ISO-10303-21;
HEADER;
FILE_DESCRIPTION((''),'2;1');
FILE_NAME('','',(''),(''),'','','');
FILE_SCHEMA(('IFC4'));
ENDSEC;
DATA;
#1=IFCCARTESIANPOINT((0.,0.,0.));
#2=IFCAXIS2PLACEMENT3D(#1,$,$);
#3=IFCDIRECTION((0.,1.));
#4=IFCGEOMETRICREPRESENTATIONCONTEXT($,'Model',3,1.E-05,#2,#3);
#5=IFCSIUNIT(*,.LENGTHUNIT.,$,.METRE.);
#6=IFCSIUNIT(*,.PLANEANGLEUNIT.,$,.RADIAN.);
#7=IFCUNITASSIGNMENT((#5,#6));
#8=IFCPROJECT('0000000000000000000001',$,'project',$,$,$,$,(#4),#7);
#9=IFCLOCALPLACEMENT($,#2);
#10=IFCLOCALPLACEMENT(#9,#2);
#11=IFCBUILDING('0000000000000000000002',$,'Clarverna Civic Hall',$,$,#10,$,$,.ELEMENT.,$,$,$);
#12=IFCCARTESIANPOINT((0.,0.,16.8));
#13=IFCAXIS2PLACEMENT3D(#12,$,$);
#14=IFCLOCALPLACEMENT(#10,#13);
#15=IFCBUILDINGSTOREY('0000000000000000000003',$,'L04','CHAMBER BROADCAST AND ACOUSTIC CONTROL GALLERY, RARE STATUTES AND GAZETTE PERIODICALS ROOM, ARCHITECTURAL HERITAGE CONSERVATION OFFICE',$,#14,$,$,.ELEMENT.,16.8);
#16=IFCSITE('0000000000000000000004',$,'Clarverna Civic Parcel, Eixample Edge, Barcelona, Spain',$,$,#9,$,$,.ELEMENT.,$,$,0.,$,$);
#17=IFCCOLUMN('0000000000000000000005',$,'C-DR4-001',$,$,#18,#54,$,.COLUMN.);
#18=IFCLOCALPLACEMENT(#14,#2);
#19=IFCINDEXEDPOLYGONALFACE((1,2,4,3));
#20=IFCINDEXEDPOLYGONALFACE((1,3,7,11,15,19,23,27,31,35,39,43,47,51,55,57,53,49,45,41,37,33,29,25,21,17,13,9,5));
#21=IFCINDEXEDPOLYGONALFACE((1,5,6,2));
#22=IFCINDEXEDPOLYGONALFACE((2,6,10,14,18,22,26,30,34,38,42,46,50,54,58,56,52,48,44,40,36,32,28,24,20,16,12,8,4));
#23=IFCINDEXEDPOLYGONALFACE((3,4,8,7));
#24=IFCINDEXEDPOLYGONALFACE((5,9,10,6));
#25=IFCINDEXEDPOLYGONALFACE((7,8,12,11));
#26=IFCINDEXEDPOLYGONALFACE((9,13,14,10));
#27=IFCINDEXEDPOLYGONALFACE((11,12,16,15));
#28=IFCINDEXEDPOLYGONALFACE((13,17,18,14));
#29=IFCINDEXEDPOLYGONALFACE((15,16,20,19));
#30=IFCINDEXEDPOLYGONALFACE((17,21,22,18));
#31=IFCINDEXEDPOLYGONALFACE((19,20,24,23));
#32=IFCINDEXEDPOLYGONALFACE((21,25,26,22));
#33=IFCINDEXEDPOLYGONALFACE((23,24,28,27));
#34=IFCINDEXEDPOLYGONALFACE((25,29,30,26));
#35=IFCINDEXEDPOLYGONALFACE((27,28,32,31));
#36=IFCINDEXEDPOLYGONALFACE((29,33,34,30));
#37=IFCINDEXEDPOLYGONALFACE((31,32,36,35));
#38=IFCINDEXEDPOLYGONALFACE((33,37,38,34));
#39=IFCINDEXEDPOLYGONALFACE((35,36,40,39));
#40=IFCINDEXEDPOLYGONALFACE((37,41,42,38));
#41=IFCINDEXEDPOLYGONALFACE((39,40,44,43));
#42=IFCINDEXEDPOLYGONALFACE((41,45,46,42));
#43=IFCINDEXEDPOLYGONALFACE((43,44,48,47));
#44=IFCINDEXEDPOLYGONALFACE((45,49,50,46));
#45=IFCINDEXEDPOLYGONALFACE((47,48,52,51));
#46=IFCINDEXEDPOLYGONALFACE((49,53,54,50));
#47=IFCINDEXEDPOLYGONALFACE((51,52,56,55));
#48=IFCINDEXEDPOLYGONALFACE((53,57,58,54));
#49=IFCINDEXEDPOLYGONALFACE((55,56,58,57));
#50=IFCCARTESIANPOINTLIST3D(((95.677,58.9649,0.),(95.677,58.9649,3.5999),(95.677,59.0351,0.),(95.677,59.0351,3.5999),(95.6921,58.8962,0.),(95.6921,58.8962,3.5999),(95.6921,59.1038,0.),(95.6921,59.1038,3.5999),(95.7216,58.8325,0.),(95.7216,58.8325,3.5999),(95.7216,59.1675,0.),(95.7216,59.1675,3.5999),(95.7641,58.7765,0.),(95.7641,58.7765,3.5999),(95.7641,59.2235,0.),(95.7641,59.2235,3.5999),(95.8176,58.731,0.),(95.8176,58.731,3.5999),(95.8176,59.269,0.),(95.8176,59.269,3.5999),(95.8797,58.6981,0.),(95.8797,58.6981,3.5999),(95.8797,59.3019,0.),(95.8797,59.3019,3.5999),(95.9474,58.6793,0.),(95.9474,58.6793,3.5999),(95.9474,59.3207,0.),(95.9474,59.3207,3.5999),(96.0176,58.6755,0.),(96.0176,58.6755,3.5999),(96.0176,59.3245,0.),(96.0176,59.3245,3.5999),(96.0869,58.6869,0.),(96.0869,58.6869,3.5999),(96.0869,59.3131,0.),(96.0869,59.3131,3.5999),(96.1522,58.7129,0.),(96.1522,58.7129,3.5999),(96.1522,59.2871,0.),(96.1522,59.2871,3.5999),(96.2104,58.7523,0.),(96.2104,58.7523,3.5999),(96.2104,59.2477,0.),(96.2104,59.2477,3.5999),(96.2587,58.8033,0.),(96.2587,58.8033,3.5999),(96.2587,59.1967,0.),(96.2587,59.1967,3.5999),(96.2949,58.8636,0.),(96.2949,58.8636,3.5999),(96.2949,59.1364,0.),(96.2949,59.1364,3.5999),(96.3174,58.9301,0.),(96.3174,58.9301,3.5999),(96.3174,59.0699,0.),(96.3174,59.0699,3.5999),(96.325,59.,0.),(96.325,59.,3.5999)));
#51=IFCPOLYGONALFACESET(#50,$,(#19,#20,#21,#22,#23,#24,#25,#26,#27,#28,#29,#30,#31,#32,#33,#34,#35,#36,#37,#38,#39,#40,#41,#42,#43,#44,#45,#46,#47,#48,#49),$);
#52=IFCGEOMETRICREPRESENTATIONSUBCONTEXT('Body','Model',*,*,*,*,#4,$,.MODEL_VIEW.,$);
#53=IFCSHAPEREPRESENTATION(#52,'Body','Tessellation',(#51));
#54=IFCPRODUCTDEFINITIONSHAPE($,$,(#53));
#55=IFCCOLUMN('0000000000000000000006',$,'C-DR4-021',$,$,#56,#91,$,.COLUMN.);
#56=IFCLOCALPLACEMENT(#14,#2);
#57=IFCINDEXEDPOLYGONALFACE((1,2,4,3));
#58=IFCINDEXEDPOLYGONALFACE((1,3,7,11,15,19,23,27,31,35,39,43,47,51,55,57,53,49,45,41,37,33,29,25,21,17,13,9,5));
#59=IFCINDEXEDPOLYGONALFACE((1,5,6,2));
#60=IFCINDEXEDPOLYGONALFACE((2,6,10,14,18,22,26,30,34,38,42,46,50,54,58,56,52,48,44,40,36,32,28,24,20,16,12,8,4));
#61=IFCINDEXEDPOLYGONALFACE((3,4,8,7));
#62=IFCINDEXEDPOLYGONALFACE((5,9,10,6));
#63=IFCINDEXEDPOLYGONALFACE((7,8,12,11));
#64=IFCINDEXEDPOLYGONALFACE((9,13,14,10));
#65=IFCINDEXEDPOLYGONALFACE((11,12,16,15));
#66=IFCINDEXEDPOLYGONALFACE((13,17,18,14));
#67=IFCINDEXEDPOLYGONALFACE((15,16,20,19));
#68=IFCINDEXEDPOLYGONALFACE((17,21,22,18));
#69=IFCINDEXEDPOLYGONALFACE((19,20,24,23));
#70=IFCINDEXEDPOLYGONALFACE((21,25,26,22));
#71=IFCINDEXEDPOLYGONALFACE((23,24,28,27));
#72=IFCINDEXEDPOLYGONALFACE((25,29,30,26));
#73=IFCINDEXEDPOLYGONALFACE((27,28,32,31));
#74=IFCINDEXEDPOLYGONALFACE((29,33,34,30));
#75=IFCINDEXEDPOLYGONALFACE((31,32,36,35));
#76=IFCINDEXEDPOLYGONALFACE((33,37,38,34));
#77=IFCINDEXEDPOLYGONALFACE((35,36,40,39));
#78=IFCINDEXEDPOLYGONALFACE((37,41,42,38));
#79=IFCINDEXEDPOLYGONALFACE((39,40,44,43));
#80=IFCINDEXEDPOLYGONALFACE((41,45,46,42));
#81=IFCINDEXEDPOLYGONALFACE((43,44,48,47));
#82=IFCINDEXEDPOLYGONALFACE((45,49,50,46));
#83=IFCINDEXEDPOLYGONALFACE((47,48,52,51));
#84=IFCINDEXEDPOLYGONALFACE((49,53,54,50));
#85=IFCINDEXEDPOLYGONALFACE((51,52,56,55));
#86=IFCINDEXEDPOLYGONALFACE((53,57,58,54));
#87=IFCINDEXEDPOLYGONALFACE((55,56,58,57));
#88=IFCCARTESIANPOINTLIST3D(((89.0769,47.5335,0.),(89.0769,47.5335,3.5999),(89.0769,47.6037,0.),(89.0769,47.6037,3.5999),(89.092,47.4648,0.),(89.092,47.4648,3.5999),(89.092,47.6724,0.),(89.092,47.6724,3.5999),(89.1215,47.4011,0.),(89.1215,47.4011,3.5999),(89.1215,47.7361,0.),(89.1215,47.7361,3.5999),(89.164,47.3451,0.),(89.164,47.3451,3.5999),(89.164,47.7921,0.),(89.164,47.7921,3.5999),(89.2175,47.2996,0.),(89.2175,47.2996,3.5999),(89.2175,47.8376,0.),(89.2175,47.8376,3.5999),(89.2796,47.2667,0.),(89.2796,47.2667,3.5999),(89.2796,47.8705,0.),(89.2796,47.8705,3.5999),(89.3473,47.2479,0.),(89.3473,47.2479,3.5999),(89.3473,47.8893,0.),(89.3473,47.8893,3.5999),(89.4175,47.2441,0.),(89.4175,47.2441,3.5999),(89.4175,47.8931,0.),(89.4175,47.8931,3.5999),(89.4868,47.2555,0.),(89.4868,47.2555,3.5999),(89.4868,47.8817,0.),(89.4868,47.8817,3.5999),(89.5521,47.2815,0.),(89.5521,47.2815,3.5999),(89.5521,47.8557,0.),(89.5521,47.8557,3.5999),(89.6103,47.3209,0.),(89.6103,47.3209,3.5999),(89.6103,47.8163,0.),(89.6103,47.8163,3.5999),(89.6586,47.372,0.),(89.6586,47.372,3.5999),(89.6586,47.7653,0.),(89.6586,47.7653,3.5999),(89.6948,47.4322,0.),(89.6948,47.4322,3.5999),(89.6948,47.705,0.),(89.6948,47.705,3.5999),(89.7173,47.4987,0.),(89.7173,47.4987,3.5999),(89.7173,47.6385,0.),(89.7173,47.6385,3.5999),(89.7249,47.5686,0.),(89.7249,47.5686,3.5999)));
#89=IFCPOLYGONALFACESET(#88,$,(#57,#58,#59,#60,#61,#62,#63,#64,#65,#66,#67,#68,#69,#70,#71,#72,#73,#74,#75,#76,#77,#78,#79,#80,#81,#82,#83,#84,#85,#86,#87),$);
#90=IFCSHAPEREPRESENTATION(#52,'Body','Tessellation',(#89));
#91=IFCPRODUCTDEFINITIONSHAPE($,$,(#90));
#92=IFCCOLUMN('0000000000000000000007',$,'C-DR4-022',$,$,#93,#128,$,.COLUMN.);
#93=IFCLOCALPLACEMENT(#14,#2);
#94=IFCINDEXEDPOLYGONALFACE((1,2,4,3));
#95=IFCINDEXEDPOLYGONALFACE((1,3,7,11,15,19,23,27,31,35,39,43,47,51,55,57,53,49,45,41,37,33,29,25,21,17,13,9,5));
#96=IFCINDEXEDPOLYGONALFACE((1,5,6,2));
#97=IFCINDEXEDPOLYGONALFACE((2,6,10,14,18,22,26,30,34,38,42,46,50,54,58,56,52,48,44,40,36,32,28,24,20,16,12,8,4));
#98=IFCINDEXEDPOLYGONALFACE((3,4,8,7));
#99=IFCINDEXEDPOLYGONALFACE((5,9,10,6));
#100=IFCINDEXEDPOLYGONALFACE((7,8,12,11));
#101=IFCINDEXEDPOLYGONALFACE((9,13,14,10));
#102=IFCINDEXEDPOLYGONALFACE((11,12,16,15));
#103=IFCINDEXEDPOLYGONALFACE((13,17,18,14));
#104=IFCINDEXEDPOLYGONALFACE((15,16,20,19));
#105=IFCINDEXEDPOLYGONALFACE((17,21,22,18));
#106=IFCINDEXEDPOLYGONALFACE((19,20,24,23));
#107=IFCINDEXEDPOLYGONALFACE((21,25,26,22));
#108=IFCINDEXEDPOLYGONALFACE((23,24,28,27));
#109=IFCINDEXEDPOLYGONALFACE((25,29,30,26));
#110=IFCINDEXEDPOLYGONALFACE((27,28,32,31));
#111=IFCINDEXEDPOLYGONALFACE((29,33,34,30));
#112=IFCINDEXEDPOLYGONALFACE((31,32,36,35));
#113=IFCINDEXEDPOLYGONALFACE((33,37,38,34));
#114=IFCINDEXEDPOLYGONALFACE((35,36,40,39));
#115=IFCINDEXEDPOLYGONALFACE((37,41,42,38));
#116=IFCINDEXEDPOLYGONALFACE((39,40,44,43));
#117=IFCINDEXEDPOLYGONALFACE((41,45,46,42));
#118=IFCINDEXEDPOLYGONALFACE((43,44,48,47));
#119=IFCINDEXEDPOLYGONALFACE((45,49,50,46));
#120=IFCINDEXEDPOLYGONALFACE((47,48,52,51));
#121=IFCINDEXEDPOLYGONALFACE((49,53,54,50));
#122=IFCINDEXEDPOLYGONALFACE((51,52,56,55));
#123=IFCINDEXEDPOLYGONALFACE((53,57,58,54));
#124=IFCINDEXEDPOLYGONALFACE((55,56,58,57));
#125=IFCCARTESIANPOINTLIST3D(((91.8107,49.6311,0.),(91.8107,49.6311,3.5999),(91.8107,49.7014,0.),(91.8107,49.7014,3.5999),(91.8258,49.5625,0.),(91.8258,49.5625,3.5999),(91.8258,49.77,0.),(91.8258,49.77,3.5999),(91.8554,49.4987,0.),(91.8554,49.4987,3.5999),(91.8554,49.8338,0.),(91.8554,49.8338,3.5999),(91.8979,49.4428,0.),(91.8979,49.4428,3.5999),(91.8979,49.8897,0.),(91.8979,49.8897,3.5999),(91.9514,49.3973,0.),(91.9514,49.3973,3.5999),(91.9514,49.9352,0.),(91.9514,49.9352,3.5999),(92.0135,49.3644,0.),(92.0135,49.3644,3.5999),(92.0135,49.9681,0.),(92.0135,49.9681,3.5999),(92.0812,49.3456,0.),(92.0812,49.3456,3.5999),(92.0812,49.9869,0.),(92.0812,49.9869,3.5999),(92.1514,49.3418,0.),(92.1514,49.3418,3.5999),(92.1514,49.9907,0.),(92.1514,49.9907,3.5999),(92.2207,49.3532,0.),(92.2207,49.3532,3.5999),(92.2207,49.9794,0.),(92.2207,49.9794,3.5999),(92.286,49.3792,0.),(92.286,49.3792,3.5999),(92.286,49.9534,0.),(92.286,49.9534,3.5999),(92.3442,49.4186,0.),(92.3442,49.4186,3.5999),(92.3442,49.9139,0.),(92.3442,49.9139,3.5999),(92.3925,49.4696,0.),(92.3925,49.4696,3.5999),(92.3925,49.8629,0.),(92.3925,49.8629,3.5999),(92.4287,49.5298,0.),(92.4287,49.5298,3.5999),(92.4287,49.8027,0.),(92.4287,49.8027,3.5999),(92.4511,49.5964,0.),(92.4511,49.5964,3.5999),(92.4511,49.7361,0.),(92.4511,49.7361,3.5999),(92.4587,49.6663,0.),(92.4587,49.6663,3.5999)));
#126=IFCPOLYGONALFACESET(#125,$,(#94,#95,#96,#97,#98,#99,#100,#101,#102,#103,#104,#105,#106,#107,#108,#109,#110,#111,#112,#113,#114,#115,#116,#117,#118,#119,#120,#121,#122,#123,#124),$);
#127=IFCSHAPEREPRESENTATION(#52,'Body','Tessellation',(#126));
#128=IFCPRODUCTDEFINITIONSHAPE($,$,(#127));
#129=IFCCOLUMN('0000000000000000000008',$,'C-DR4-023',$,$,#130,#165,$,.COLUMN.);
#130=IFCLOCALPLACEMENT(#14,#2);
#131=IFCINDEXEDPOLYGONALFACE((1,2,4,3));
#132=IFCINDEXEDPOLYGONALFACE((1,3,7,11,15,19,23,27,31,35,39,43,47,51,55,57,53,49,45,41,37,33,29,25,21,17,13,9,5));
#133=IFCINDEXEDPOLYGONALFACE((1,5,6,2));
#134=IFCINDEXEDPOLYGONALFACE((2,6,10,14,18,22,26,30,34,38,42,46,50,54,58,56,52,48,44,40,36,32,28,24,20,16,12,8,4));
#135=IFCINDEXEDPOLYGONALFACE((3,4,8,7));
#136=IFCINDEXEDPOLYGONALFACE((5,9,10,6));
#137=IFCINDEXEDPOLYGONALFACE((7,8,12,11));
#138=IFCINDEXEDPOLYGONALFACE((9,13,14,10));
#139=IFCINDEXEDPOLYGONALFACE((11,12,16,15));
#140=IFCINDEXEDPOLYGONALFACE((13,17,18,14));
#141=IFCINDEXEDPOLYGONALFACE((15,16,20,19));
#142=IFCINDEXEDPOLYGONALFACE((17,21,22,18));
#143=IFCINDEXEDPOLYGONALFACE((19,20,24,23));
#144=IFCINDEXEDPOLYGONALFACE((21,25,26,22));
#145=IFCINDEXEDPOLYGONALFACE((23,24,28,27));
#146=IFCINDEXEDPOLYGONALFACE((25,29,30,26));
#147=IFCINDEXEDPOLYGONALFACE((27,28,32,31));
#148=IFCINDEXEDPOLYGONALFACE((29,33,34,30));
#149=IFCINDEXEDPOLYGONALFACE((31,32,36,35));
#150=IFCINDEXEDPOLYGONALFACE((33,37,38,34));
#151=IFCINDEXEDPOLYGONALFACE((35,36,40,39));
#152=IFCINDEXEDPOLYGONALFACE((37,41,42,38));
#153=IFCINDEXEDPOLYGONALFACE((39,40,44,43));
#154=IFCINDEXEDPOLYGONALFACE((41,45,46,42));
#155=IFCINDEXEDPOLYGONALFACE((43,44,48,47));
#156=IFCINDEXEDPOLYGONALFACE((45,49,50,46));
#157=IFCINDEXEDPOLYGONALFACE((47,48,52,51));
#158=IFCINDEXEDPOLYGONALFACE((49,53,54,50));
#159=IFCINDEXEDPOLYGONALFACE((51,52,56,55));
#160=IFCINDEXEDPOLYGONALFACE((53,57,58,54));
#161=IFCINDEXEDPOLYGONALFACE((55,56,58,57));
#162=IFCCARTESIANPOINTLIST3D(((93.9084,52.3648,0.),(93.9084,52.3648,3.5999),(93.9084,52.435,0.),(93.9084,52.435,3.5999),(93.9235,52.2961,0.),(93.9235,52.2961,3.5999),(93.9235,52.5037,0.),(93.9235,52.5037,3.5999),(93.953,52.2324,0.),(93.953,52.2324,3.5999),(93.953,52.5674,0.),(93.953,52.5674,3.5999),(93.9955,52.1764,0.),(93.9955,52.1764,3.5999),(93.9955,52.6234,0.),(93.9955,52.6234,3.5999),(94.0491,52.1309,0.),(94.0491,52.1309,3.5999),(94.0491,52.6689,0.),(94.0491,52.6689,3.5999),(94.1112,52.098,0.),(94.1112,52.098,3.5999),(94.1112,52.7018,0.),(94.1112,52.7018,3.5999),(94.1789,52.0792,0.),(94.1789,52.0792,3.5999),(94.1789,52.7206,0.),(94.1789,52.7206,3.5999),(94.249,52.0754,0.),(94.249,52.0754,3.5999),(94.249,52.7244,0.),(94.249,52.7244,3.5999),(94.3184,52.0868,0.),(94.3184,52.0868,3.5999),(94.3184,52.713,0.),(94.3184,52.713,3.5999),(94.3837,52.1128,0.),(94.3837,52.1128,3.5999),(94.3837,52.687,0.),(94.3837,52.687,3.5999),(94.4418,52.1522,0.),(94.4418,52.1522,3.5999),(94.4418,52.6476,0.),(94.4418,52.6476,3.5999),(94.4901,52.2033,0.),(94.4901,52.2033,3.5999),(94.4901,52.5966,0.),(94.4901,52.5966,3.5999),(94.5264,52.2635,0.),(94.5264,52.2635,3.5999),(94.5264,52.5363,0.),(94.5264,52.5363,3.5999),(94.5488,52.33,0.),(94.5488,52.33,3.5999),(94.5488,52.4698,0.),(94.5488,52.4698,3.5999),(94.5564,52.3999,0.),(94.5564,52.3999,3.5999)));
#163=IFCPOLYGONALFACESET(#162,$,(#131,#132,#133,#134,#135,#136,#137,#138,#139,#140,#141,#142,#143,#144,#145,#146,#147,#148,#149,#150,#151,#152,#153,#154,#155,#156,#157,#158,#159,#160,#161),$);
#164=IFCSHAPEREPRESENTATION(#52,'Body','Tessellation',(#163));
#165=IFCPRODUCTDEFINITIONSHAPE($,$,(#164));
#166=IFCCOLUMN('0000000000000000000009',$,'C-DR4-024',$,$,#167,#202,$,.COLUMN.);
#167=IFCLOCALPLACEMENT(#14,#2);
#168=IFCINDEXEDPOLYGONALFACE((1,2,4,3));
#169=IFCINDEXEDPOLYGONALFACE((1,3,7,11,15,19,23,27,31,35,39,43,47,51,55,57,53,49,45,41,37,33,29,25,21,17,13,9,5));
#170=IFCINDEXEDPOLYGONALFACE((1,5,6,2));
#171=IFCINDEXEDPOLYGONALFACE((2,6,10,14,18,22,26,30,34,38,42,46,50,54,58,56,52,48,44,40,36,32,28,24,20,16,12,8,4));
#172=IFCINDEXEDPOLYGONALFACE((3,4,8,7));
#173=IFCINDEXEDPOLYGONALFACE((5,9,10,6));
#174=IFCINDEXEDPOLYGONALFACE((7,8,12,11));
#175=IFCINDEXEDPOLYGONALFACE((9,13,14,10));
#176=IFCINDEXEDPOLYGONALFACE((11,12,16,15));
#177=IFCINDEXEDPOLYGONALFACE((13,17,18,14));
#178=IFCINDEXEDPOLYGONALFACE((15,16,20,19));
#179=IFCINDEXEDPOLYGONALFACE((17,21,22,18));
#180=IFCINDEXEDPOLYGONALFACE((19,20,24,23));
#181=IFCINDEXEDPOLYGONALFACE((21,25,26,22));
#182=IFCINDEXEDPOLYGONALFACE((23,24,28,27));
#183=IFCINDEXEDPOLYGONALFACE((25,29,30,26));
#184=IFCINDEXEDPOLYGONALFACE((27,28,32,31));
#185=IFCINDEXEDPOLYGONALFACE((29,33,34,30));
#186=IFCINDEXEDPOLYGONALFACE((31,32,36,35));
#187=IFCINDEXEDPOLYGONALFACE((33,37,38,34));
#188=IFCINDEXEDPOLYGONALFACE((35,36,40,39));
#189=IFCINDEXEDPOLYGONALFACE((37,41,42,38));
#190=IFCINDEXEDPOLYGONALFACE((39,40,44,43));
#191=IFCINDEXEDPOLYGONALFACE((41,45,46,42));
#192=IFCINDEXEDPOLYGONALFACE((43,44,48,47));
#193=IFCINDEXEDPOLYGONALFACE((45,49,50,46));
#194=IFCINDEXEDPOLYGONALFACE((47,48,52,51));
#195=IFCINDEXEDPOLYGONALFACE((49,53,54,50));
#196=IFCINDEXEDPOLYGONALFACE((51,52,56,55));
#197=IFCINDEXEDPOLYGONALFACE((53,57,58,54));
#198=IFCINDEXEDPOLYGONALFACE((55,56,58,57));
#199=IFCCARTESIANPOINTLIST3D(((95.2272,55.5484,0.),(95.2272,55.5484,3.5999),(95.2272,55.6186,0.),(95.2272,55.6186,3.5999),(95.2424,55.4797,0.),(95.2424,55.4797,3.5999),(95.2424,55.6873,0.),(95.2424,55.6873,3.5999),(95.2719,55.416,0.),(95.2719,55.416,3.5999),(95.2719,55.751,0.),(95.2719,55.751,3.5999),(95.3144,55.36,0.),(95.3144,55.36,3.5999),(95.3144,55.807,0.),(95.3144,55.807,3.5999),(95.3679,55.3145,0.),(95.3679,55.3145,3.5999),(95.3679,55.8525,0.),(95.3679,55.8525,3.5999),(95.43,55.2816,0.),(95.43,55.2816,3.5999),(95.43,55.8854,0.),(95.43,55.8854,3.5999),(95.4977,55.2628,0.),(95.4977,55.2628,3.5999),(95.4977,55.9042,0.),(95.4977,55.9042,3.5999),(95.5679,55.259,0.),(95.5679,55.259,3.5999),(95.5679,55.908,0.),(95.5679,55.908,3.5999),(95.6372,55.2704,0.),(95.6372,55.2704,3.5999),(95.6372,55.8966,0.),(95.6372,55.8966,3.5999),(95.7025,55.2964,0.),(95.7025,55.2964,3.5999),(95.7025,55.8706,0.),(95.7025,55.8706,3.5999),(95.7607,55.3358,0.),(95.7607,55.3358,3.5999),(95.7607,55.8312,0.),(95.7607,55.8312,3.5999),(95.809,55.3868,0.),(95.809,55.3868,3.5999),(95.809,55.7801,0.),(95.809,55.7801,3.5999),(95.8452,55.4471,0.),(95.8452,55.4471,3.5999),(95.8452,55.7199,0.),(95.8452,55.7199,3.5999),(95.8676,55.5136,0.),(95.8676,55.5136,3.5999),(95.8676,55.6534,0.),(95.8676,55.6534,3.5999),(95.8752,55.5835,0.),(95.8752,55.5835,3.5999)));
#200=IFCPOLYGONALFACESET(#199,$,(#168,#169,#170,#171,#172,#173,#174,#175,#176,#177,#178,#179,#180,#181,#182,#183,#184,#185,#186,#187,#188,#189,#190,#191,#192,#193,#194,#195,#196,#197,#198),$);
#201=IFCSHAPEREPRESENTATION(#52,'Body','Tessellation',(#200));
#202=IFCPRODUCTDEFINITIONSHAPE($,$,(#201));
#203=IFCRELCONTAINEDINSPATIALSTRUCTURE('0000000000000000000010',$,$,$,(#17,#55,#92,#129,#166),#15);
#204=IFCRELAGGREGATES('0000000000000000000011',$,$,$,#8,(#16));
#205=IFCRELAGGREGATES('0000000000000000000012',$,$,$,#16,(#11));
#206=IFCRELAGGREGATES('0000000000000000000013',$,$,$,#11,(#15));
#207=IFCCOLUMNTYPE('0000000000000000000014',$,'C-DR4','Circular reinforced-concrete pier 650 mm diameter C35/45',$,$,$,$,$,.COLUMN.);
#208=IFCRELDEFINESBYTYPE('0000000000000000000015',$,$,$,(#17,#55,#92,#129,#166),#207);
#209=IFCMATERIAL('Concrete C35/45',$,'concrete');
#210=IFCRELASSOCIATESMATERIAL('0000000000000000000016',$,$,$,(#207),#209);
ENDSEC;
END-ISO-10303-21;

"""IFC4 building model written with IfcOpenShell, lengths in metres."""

from ifc_helpers import new_model, si_unit, direction, frame, origin, origin_2d, place, context, subcontext, project, spatial, circle, extrude, material, material_profile, profile_set, type_object, element, save


model = new_model("IFC4")

# Units and contexts
model_context = context("Model", 3, precision=1e-05, world=origin(), true_north=direction((0.0, 1.0)))
body_context = subcontext(model_context, "Body", "Model", "MODEL_VIEW")
ifc_project = project(units=[si_unit("LENGTHUNIT", "METRE"), si_unit("PLANEANGLEUNIT", "RADIAN")], contexts=[model_context])

# Site, building, storey
site_placement = place(None, origin())
site = spatial("IfcSite", under=ifc_project, at=site_placement, Name="Clarverna Civic Parcel, Eixample Edge, Barcelona, Spain", CompositionType="ELEMENT", RefElevation=0.0)
building_placement = place(site_placement, origin())
building = spatial("IfcBuilding", under=site, at=building_placement, Name="Clarverna Civic Hall", CompositionType="ELEMENT")
storey_placement = place(building_placement, frame((0.0, 0.0, 16.8)))
storey = spatial("IfcBuildingStorey", under=building, at=storey_placement, Name="L04", Description="CHAMBER BROADCAST AND ACOUSTIC CONTROL GALLERY, RARE STATUTES AND GAZETTE PERIODICALS ROOM, ARCHITECTURAL HERITAGE CONSERVATION OFFICE", CompositionType="ELEMENT", Elevation=16.8)

# Columns
ifc_material_1 = material(Name="Concrete C35/45", Category="concrete")
ifc_material_profile = material_profile(ifc_material_1, circle(Radius=0.325, at=origin_2d()), Name="RC D650")
ifc_profile_set = profile_set([ifc_material_profile], Name="Concrete C35/45")
column_type = type_object("IfcColumnType", Name="C-DR4", Description="Circular reinforced-concrete pier 650 mm diameter C35/45", PredefinedType="COLUMN", material=ifc_profile_set)
for number, where, z_axis, x_axis, name in (
    (1, (96.0, 59.0, 0.0), (0.0, 0.0, 1.0), (1.0, 0.0, 0.0), "C-DR4-001"),
    (2, (89.3999, 47.5686, 0.0), (0.0, 0.0, 1.0), (1.0, 0.0, 0.0), "C-DR4-021"),
    (3, (92.1338, 49.6663, 0.0), (0.0, 0.0, 1.0), (1.0, 0.0, 0.0), "C-DR4-022"),
    (4, (94.2314, 52.3999, 0.0), (0.0, 0.0, 1.0), (1.0, 0.0, 0.0), "C-DR4-023"),
    (5, (95.5503, 55.5835, 0.0), (0.0, 0.0, 1.0), (1.0, 0.0, 0.0), "C-DR4-024"),
):
    element("IfcColumn", number, at=place(storey_placement, frame(where, z_axis=z_axis, x_axis=x_axis)), inside=storey, type_object=column_type, Name=name, PredefinedType="COLUMN", context=body_context, shape_type="SweptSolid", body=[
        extrude(circle(Radius=0.325, at=origin_2d()), origin(), (0.0, 0.0, 1.0), 3.5999),
    ])

save(model, "model.ifc")
